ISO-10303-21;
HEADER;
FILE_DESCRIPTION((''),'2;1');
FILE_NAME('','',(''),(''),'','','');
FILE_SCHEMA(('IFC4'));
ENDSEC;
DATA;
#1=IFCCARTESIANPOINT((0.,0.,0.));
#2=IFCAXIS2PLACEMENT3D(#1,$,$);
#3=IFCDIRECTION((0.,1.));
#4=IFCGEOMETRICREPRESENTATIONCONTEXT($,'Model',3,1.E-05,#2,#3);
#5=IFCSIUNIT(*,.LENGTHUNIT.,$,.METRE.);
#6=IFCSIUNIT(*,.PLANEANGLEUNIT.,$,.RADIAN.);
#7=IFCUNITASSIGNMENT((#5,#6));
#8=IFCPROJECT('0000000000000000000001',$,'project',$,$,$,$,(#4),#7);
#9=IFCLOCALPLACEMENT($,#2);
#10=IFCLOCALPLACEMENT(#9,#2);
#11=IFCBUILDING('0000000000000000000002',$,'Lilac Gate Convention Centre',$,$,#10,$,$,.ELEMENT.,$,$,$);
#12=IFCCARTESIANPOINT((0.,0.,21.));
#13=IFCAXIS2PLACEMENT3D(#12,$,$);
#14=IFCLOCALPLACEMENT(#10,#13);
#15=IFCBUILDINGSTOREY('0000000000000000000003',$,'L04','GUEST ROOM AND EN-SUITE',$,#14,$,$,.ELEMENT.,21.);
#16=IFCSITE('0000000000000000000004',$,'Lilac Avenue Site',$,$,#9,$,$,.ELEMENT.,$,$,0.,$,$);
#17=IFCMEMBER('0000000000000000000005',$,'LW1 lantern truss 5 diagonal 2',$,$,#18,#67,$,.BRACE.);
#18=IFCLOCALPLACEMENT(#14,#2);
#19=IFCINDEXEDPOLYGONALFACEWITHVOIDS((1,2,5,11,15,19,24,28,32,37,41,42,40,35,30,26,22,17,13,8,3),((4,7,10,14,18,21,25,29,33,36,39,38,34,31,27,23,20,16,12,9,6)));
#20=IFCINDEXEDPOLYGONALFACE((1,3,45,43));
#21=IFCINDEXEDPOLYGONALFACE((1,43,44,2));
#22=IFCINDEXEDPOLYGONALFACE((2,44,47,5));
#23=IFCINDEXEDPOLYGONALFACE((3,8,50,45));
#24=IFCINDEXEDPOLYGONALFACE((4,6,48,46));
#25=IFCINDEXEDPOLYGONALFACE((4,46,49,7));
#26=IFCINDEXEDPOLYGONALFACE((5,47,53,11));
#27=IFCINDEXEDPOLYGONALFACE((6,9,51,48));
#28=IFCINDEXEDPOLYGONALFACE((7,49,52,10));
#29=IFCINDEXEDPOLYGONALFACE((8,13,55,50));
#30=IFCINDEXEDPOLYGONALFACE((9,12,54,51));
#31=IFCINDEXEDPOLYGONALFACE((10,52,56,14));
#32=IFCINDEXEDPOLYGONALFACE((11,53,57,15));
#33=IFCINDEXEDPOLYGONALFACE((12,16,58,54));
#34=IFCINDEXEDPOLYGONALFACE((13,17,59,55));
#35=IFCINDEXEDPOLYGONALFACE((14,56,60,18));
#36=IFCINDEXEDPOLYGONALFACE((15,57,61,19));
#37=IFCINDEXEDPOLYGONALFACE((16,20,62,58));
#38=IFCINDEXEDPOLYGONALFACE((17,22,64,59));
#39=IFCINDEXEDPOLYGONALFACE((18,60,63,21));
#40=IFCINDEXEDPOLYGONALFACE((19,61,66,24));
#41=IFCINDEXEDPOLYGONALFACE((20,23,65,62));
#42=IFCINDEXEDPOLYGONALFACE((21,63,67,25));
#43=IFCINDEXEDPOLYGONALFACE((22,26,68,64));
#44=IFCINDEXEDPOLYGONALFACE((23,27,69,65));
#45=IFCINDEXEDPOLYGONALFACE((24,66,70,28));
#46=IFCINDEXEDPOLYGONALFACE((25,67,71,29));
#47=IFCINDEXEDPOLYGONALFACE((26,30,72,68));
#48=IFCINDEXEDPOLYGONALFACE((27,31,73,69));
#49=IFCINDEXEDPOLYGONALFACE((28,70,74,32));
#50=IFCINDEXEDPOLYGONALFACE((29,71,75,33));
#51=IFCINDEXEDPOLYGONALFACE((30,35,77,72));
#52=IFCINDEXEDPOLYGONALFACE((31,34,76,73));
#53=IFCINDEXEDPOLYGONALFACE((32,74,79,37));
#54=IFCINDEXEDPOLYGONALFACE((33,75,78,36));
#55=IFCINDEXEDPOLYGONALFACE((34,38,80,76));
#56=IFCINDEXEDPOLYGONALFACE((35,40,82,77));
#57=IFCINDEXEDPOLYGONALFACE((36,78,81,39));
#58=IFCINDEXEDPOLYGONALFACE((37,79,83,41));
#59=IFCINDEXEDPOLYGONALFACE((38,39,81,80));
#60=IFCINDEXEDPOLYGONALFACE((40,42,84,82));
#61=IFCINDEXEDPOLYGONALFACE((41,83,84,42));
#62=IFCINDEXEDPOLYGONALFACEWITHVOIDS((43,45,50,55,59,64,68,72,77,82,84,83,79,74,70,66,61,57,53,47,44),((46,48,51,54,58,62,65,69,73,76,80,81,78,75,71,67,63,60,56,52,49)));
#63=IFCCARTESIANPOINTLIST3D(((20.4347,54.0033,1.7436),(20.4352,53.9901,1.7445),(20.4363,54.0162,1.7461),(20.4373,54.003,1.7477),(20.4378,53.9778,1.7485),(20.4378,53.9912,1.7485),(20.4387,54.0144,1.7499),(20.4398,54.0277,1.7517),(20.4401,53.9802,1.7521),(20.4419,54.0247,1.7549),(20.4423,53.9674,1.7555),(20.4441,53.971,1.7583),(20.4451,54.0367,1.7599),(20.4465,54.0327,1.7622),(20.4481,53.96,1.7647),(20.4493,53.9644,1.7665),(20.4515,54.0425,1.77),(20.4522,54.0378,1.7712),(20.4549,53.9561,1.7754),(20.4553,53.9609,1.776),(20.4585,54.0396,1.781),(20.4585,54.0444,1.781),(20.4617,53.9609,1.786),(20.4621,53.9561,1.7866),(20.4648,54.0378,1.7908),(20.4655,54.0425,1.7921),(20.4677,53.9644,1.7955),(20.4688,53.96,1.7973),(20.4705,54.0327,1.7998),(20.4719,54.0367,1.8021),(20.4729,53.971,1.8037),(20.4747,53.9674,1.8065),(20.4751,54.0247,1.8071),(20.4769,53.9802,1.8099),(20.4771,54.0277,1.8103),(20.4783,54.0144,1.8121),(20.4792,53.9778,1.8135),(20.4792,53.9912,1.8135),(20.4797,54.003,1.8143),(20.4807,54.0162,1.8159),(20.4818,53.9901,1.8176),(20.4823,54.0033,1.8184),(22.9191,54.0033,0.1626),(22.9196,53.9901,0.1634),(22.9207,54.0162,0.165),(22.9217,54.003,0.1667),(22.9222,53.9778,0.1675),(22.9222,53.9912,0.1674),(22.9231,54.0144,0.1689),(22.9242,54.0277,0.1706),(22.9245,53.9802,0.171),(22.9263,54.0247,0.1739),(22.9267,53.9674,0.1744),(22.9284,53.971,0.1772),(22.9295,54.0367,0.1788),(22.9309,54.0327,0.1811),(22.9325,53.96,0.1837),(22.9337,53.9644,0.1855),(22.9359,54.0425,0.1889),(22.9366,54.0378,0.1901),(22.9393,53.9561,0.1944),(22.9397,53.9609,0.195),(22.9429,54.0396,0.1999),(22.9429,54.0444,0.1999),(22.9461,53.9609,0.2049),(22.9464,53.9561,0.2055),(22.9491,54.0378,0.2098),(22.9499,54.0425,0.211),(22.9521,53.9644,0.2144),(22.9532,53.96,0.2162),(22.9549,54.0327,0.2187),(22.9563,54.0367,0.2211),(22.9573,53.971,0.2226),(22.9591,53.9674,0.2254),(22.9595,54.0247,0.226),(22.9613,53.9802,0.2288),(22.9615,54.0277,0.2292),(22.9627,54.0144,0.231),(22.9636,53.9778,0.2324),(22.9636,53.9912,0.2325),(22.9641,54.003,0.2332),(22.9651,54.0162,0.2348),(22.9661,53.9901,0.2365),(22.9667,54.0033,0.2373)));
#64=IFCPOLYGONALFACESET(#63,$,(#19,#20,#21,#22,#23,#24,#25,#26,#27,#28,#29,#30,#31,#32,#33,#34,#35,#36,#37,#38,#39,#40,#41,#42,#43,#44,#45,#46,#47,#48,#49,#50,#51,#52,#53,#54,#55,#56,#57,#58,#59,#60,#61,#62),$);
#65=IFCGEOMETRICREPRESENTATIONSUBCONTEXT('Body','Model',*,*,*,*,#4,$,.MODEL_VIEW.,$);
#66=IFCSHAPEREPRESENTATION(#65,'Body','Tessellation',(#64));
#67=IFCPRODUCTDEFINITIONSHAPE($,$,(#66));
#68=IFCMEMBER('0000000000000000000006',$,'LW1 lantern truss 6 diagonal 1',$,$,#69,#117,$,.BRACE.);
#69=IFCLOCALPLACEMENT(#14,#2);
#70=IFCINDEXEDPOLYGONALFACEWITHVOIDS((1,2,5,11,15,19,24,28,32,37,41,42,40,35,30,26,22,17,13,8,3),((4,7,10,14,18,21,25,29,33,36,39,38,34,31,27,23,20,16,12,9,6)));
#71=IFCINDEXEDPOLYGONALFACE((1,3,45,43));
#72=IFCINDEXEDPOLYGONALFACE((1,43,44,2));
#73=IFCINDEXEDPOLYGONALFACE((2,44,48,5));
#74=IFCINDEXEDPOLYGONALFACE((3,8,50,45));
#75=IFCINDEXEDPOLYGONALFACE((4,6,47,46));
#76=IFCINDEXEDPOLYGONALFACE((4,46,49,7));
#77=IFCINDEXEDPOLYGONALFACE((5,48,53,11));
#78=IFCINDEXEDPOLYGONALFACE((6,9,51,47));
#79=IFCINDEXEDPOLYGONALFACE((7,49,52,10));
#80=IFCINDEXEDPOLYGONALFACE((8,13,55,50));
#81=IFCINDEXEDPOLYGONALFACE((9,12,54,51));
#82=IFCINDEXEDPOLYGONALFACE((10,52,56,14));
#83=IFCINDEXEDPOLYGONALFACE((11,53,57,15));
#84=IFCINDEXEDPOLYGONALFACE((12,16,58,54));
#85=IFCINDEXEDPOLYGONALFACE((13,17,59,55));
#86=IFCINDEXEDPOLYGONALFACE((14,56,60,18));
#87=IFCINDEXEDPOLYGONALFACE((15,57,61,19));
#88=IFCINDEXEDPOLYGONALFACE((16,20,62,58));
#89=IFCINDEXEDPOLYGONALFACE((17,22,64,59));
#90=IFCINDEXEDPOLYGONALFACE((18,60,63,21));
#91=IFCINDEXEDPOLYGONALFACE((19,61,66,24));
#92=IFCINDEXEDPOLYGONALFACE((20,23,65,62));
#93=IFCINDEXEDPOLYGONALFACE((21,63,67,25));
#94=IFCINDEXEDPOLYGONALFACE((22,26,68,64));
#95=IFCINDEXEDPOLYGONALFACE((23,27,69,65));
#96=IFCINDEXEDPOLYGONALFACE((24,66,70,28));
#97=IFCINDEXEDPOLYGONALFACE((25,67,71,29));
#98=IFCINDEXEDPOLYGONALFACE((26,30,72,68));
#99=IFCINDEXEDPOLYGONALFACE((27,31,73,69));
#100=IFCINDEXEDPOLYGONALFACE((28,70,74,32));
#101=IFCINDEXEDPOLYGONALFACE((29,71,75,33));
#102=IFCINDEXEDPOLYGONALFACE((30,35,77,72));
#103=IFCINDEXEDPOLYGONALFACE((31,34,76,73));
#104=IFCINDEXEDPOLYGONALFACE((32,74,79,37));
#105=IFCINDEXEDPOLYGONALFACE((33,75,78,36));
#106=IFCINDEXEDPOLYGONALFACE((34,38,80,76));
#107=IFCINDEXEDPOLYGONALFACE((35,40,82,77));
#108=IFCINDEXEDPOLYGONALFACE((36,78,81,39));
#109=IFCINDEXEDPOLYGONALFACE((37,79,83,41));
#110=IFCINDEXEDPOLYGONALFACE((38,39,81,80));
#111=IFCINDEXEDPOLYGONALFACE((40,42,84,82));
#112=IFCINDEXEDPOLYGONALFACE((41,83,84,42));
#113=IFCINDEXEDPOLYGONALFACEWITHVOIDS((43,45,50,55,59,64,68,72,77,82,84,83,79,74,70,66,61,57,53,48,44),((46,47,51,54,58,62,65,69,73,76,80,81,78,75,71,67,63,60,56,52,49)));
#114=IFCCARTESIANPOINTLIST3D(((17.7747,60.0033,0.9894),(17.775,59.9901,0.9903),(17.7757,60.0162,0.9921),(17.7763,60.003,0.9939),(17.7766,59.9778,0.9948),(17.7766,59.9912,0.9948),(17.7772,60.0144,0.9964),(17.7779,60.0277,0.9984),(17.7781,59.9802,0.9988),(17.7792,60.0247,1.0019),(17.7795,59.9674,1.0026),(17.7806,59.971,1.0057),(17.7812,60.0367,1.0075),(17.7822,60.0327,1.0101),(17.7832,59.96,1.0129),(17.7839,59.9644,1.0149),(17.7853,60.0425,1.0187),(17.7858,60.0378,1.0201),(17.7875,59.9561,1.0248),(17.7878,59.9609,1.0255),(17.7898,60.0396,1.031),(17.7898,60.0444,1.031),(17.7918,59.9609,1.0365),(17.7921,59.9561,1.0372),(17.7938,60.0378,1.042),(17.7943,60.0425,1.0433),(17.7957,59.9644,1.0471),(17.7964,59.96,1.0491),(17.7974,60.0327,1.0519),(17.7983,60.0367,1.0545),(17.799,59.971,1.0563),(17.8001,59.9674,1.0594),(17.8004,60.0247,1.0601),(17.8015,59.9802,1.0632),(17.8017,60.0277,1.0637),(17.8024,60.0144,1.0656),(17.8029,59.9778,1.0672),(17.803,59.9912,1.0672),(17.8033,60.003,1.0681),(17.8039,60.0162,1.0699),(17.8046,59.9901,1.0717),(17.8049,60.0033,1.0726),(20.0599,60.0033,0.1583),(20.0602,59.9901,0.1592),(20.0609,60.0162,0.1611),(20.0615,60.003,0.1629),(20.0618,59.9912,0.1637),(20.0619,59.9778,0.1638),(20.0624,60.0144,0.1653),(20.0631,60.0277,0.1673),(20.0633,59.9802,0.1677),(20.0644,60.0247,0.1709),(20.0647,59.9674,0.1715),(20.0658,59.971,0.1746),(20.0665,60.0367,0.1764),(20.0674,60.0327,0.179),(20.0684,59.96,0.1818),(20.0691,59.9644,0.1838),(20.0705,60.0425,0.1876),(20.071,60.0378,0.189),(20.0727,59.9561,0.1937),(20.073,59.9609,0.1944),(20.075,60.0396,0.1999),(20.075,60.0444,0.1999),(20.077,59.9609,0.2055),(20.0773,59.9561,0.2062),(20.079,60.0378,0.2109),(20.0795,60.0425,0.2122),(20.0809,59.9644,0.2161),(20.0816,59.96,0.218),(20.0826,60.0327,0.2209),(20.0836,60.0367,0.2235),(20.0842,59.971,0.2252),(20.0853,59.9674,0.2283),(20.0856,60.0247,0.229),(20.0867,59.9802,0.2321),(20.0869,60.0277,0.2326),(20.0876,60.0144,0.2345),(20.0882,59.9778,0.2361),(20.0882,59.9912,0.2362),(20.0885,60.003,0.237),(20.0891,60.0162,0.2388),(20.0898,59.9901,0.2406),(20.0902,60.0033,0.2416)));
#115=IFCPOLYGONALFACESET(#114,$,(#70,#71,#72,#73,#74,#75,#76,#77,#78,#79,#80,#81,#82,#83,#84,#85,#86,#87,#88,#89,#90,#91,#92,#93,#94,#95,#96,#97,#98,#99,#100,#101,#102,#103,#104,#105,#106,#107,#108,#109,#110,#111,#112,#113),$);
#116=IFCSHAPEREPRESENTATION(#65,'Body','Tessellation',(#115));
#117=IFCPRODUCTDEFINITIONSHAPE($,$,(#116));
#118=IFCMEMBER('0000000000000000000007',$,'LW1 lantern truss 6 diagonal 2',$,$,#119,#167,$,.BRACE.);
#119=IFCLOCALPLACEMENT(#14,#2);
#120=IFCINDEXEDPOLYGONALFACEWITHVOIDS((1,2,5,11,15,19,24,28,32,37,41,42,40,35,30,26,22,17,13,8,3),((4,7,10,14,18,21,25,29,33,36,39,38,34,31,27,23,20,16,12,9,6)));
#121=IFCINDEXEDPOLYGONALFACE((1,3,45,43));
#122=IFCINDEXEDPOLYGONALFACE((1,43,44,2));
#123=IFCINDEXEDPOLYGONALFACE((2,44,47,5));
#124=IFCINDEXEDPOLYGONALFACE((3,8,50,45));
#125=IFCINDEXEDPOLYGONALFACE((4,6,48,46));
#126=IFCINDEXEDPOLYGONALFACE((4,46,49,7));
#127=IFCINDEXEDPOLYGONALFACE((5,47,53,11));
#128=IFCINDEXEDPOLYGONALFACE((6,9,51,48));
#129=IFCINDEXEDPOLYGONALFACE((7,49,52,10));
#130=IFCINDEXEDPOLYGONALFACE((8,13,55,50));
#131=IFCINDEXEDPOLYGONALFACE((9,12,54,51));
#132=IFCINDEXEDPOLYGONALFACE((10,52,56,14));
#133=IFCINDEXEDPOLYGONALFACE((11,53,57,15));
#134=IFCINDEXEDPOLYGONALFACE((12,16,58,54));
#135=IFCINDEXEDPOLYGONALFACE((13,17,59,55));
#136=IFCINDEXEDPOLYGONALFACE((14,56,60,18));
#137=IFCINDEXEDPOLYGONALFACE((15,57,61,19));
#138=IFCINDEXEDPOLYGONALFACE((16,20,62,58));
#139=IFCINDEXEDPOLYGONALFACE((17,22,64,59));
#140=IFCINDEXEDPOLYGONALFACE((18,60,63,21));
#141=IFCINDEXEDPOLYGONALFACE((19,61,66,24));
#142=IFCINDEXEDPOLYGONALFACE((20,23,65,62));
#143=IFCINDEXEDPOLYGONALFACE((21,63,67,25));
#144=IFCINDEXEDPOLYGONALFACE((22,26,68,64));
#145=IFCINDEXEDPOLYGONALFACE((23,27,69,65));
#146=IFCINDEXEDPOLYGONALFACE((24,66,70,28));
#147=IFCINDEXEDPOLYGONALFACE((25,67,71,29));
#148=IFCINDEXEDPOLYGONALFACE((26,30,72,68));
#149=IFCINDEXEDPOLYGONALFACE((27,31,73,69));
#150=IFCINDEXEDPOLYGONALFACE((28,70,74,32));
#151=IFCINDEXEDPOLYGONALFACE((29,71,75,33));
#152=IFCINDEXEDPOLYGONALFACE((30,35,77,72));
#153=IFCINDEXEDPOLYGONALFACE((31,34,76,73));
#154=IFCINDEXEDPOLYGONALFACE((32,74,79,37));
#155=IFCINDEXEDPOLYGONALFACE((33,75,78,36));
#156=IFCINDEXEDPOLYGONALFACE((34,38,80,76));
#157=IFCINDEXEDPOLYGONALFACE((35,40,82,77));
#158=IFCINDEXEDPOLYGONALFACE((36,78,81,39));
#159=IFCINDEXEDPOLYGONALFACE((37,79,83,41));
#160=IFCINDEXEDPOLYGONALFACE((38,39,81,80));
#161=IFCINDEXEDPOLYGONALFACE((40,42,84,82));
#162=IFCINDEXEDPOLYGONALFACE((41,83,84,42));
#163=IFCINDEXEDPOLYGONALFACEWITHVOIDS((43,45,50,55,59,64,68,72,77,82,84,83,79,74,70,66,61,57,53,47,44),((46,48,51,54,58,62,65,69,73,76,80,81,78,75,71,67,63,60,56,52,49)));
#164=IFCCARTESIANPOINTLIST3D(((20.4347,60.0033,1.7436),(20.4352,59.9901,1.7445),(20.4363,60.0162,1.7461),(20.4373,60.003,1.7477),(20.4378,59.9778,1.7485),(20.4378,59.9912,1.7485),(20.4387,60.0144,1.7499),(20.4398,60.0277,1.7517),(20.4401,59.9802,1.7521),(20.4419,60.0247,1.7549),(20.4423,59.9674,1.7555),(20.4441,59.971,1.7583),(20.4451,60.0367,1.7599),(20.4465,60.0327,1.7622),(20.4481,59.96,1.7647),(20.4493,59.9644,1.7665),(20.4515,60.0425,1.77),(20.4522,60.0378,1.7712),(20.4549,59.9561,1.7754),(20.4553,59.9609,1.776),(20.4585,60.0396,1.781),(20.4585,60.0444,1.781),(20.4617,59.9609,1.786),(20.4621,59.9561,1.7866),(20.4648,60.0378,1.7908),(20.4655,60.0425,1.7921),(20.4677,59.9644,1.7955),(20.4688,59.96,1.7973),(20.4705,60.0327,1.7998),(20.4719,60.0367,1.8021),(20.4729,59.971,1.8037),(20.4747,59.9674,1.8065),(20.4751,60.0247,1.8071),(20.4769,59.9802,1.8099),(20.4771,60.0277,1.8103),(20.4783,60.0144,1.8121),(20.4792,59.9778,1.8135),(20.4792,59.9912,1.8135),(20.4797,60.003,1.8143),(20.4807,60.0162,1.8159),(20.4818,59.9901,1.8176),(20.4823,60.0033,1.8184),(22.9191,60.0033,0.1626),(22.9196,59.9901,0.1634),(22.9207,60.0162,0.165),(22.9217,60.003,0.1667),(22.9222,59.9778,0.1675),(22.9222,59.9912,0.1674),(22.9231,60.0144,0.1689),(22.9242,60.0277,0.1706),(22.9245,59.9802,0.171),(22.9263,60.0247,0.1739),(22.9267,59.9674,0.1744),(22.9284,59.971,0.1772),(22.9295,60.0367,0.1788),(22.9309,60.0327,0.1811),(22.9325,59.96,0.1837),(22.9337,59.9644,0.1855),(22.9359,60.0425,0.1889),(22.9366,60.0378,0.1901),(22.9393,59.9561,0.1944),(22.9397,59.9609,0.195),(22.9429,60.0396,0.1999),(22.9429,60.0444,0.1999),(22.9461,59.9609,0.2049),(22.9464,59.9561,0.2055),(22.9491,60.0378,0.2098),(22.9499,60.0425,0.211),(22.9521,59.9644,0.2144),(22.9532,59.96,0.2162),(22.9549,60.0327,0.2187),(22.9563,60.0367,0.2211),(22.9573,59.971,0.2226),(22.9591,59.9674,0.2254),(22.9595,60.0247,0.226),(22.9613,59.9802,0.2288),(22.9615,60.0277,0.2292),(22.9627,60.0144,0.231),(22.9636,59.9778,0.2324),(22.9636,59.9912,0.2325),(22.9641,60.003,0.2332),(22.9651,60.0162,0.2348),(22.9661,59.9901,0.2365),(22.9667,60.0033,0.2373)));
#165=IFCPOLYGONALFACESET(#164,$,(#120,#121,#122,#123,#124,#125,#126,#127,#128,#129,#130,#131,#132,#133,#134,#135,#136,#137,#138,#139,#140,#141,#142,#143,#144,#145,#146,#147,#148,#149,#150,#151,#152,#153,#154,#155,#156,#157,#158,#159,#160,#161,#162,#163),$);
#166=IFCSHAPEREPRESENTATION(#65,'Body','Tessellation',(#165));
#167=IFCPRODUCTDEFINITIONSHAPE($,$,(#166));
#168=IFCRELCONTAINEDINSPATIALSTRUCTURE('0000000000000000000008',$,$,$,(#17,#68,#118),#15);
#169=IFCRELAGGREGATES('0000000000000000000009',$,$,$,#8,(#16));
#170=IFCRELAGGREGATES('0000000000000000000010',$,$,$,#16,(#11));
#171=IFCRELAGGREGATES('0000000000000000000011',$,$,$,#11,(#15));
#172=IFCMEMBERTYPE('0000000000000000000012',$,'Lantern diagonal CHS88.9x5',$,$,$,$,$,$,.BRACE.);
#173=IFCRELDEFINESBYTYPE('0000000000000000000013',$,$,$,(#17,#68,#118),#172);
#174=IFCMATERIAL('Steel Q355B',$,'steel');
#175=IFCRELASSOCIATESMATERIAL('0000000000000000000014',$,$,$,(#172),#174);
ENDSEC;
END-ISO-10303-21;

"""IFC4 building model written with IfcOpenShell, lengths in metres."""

from ifc_helpers import new_model, si_unit, direction, frame, origin, origin_2d, place, context, subcontext, project, spatial, hollow_circle, extrude, material, material_profile, profile_set, type_object, element, save


model = new_model("IFC4")

# Units and contexts
model_context = context("Model", 3, precision=1e-05, world=origin(), true_north=direction((0.0, 1.0)))
body_context = subcontext(model_context, "Body", "Model", "MODEL_VIEW")
ifc_project = project(units=[si_unit("LENGTHUNIT", "METRE"), si_unit("PLANEANGLEUNIT", "RADIAN")], contexts=[model_context])

# Site, building, storey
site_placement = place(None, origin())
site = spatial("IfcSite", under=ifc_project, at=site_placement, Name="Lilac Avenue Site", CompositionType="ELEMENT", RefElevation=0.0)
building_placement = place(site_placement, origin())
building = spatial("IfcBuilding", under=site, at=building_placement, Name="Lilac Gate Convention Centre", CompositionType="ELEMENT")
storey_placement = place(building_placement, frame((0.0, 0.0, 21.0)))
storey = spatial("IfcBuildingStorey", under=building, at=storey_placement, Name="L04", Description="GUEST ROOM AND EN-SUITE", CompositionType="ELEMENT", Elevation=21.0)

# Members
ifc_material_1 = material(Name="Steel Q355B", Category="steel")
ifc_material_profile_1 = material_profile(ifc_material_1, hollow_circle(Radius=0.0444, WallThickness=0.0049, at=origin_2d()), Name="CHS88.9x5")
ifc_profile_set_1 = profile_set([ifc_material_profile_1], Name="Steel Q355B")
member_type_1 = type_object("IfcMemberType", Name="Lantern diagonal CHS88.9x5", PredefinedType="BRACE", material=ifc_profile_set_1)
member_1_placement = place(storey_placement, frame((20.4585, 54.0, 1.781), z_axis=(0.843648, 0.0, -0.536897), x_axis=(0.0, 1.0, 0.0)))
element("IfcMember", 1, at=member_1_placement, inside=storey, type_object=member_type_1, Name="LW1 lantern truss 5 diagonal 2", PredefinedType="BRACE", context=body_context, shape_type="SweptSolid", body=[
    extrude(hollow_circle(Radius=0.0444, WallThickness=0.0049, at=origin_2d()), origin(), (0.0, 0.0, 1.0), 2.9448),
])
member_2_placement = place(storey_placement, frame((17.7898, 60.0, 1.031), z_axis=(0.939782, 0.0, -0.341775), x_axis=(0.0, 1.0, 0.0)))
element("IfcMember", 2, at=member_2_placement, inside=storey, type_object=member_type_1, Name="LW1 lantern truss 6 diagonal 1", PredefinedType="BRACE", context=body_context, shape_type="SweptSolid", body=[
    extrude(hollow_circle(Radius=0.0444, WallThickness=0.0049, at=origin_2d()), origin(), (0.0, 0.0, 1.0), 2.4316),
])
member_3_placement = place(storey_placement, frame((20.4585, 60.0, 1.781), z_axis=(0.843648, 0.0, -0.536897), x_axis=(0.0, 1.0, 0.0)))
element("IfcMember", 3, at=member_3_placement, inside=storey, type_object=member_type_1, Name="LW1 lantern truss 6 diagonal 2", PredefinedType="BRACE", context=body_context, shape_type="SweptSolid", body=[
    extrude(hollow_circle(Radius=0.0444, WallThickness=0.0049, at=origin_2d()), origin(), (0.0, 0.0, 1.0), 2.9448),
])

save(model, "model.ifc")
